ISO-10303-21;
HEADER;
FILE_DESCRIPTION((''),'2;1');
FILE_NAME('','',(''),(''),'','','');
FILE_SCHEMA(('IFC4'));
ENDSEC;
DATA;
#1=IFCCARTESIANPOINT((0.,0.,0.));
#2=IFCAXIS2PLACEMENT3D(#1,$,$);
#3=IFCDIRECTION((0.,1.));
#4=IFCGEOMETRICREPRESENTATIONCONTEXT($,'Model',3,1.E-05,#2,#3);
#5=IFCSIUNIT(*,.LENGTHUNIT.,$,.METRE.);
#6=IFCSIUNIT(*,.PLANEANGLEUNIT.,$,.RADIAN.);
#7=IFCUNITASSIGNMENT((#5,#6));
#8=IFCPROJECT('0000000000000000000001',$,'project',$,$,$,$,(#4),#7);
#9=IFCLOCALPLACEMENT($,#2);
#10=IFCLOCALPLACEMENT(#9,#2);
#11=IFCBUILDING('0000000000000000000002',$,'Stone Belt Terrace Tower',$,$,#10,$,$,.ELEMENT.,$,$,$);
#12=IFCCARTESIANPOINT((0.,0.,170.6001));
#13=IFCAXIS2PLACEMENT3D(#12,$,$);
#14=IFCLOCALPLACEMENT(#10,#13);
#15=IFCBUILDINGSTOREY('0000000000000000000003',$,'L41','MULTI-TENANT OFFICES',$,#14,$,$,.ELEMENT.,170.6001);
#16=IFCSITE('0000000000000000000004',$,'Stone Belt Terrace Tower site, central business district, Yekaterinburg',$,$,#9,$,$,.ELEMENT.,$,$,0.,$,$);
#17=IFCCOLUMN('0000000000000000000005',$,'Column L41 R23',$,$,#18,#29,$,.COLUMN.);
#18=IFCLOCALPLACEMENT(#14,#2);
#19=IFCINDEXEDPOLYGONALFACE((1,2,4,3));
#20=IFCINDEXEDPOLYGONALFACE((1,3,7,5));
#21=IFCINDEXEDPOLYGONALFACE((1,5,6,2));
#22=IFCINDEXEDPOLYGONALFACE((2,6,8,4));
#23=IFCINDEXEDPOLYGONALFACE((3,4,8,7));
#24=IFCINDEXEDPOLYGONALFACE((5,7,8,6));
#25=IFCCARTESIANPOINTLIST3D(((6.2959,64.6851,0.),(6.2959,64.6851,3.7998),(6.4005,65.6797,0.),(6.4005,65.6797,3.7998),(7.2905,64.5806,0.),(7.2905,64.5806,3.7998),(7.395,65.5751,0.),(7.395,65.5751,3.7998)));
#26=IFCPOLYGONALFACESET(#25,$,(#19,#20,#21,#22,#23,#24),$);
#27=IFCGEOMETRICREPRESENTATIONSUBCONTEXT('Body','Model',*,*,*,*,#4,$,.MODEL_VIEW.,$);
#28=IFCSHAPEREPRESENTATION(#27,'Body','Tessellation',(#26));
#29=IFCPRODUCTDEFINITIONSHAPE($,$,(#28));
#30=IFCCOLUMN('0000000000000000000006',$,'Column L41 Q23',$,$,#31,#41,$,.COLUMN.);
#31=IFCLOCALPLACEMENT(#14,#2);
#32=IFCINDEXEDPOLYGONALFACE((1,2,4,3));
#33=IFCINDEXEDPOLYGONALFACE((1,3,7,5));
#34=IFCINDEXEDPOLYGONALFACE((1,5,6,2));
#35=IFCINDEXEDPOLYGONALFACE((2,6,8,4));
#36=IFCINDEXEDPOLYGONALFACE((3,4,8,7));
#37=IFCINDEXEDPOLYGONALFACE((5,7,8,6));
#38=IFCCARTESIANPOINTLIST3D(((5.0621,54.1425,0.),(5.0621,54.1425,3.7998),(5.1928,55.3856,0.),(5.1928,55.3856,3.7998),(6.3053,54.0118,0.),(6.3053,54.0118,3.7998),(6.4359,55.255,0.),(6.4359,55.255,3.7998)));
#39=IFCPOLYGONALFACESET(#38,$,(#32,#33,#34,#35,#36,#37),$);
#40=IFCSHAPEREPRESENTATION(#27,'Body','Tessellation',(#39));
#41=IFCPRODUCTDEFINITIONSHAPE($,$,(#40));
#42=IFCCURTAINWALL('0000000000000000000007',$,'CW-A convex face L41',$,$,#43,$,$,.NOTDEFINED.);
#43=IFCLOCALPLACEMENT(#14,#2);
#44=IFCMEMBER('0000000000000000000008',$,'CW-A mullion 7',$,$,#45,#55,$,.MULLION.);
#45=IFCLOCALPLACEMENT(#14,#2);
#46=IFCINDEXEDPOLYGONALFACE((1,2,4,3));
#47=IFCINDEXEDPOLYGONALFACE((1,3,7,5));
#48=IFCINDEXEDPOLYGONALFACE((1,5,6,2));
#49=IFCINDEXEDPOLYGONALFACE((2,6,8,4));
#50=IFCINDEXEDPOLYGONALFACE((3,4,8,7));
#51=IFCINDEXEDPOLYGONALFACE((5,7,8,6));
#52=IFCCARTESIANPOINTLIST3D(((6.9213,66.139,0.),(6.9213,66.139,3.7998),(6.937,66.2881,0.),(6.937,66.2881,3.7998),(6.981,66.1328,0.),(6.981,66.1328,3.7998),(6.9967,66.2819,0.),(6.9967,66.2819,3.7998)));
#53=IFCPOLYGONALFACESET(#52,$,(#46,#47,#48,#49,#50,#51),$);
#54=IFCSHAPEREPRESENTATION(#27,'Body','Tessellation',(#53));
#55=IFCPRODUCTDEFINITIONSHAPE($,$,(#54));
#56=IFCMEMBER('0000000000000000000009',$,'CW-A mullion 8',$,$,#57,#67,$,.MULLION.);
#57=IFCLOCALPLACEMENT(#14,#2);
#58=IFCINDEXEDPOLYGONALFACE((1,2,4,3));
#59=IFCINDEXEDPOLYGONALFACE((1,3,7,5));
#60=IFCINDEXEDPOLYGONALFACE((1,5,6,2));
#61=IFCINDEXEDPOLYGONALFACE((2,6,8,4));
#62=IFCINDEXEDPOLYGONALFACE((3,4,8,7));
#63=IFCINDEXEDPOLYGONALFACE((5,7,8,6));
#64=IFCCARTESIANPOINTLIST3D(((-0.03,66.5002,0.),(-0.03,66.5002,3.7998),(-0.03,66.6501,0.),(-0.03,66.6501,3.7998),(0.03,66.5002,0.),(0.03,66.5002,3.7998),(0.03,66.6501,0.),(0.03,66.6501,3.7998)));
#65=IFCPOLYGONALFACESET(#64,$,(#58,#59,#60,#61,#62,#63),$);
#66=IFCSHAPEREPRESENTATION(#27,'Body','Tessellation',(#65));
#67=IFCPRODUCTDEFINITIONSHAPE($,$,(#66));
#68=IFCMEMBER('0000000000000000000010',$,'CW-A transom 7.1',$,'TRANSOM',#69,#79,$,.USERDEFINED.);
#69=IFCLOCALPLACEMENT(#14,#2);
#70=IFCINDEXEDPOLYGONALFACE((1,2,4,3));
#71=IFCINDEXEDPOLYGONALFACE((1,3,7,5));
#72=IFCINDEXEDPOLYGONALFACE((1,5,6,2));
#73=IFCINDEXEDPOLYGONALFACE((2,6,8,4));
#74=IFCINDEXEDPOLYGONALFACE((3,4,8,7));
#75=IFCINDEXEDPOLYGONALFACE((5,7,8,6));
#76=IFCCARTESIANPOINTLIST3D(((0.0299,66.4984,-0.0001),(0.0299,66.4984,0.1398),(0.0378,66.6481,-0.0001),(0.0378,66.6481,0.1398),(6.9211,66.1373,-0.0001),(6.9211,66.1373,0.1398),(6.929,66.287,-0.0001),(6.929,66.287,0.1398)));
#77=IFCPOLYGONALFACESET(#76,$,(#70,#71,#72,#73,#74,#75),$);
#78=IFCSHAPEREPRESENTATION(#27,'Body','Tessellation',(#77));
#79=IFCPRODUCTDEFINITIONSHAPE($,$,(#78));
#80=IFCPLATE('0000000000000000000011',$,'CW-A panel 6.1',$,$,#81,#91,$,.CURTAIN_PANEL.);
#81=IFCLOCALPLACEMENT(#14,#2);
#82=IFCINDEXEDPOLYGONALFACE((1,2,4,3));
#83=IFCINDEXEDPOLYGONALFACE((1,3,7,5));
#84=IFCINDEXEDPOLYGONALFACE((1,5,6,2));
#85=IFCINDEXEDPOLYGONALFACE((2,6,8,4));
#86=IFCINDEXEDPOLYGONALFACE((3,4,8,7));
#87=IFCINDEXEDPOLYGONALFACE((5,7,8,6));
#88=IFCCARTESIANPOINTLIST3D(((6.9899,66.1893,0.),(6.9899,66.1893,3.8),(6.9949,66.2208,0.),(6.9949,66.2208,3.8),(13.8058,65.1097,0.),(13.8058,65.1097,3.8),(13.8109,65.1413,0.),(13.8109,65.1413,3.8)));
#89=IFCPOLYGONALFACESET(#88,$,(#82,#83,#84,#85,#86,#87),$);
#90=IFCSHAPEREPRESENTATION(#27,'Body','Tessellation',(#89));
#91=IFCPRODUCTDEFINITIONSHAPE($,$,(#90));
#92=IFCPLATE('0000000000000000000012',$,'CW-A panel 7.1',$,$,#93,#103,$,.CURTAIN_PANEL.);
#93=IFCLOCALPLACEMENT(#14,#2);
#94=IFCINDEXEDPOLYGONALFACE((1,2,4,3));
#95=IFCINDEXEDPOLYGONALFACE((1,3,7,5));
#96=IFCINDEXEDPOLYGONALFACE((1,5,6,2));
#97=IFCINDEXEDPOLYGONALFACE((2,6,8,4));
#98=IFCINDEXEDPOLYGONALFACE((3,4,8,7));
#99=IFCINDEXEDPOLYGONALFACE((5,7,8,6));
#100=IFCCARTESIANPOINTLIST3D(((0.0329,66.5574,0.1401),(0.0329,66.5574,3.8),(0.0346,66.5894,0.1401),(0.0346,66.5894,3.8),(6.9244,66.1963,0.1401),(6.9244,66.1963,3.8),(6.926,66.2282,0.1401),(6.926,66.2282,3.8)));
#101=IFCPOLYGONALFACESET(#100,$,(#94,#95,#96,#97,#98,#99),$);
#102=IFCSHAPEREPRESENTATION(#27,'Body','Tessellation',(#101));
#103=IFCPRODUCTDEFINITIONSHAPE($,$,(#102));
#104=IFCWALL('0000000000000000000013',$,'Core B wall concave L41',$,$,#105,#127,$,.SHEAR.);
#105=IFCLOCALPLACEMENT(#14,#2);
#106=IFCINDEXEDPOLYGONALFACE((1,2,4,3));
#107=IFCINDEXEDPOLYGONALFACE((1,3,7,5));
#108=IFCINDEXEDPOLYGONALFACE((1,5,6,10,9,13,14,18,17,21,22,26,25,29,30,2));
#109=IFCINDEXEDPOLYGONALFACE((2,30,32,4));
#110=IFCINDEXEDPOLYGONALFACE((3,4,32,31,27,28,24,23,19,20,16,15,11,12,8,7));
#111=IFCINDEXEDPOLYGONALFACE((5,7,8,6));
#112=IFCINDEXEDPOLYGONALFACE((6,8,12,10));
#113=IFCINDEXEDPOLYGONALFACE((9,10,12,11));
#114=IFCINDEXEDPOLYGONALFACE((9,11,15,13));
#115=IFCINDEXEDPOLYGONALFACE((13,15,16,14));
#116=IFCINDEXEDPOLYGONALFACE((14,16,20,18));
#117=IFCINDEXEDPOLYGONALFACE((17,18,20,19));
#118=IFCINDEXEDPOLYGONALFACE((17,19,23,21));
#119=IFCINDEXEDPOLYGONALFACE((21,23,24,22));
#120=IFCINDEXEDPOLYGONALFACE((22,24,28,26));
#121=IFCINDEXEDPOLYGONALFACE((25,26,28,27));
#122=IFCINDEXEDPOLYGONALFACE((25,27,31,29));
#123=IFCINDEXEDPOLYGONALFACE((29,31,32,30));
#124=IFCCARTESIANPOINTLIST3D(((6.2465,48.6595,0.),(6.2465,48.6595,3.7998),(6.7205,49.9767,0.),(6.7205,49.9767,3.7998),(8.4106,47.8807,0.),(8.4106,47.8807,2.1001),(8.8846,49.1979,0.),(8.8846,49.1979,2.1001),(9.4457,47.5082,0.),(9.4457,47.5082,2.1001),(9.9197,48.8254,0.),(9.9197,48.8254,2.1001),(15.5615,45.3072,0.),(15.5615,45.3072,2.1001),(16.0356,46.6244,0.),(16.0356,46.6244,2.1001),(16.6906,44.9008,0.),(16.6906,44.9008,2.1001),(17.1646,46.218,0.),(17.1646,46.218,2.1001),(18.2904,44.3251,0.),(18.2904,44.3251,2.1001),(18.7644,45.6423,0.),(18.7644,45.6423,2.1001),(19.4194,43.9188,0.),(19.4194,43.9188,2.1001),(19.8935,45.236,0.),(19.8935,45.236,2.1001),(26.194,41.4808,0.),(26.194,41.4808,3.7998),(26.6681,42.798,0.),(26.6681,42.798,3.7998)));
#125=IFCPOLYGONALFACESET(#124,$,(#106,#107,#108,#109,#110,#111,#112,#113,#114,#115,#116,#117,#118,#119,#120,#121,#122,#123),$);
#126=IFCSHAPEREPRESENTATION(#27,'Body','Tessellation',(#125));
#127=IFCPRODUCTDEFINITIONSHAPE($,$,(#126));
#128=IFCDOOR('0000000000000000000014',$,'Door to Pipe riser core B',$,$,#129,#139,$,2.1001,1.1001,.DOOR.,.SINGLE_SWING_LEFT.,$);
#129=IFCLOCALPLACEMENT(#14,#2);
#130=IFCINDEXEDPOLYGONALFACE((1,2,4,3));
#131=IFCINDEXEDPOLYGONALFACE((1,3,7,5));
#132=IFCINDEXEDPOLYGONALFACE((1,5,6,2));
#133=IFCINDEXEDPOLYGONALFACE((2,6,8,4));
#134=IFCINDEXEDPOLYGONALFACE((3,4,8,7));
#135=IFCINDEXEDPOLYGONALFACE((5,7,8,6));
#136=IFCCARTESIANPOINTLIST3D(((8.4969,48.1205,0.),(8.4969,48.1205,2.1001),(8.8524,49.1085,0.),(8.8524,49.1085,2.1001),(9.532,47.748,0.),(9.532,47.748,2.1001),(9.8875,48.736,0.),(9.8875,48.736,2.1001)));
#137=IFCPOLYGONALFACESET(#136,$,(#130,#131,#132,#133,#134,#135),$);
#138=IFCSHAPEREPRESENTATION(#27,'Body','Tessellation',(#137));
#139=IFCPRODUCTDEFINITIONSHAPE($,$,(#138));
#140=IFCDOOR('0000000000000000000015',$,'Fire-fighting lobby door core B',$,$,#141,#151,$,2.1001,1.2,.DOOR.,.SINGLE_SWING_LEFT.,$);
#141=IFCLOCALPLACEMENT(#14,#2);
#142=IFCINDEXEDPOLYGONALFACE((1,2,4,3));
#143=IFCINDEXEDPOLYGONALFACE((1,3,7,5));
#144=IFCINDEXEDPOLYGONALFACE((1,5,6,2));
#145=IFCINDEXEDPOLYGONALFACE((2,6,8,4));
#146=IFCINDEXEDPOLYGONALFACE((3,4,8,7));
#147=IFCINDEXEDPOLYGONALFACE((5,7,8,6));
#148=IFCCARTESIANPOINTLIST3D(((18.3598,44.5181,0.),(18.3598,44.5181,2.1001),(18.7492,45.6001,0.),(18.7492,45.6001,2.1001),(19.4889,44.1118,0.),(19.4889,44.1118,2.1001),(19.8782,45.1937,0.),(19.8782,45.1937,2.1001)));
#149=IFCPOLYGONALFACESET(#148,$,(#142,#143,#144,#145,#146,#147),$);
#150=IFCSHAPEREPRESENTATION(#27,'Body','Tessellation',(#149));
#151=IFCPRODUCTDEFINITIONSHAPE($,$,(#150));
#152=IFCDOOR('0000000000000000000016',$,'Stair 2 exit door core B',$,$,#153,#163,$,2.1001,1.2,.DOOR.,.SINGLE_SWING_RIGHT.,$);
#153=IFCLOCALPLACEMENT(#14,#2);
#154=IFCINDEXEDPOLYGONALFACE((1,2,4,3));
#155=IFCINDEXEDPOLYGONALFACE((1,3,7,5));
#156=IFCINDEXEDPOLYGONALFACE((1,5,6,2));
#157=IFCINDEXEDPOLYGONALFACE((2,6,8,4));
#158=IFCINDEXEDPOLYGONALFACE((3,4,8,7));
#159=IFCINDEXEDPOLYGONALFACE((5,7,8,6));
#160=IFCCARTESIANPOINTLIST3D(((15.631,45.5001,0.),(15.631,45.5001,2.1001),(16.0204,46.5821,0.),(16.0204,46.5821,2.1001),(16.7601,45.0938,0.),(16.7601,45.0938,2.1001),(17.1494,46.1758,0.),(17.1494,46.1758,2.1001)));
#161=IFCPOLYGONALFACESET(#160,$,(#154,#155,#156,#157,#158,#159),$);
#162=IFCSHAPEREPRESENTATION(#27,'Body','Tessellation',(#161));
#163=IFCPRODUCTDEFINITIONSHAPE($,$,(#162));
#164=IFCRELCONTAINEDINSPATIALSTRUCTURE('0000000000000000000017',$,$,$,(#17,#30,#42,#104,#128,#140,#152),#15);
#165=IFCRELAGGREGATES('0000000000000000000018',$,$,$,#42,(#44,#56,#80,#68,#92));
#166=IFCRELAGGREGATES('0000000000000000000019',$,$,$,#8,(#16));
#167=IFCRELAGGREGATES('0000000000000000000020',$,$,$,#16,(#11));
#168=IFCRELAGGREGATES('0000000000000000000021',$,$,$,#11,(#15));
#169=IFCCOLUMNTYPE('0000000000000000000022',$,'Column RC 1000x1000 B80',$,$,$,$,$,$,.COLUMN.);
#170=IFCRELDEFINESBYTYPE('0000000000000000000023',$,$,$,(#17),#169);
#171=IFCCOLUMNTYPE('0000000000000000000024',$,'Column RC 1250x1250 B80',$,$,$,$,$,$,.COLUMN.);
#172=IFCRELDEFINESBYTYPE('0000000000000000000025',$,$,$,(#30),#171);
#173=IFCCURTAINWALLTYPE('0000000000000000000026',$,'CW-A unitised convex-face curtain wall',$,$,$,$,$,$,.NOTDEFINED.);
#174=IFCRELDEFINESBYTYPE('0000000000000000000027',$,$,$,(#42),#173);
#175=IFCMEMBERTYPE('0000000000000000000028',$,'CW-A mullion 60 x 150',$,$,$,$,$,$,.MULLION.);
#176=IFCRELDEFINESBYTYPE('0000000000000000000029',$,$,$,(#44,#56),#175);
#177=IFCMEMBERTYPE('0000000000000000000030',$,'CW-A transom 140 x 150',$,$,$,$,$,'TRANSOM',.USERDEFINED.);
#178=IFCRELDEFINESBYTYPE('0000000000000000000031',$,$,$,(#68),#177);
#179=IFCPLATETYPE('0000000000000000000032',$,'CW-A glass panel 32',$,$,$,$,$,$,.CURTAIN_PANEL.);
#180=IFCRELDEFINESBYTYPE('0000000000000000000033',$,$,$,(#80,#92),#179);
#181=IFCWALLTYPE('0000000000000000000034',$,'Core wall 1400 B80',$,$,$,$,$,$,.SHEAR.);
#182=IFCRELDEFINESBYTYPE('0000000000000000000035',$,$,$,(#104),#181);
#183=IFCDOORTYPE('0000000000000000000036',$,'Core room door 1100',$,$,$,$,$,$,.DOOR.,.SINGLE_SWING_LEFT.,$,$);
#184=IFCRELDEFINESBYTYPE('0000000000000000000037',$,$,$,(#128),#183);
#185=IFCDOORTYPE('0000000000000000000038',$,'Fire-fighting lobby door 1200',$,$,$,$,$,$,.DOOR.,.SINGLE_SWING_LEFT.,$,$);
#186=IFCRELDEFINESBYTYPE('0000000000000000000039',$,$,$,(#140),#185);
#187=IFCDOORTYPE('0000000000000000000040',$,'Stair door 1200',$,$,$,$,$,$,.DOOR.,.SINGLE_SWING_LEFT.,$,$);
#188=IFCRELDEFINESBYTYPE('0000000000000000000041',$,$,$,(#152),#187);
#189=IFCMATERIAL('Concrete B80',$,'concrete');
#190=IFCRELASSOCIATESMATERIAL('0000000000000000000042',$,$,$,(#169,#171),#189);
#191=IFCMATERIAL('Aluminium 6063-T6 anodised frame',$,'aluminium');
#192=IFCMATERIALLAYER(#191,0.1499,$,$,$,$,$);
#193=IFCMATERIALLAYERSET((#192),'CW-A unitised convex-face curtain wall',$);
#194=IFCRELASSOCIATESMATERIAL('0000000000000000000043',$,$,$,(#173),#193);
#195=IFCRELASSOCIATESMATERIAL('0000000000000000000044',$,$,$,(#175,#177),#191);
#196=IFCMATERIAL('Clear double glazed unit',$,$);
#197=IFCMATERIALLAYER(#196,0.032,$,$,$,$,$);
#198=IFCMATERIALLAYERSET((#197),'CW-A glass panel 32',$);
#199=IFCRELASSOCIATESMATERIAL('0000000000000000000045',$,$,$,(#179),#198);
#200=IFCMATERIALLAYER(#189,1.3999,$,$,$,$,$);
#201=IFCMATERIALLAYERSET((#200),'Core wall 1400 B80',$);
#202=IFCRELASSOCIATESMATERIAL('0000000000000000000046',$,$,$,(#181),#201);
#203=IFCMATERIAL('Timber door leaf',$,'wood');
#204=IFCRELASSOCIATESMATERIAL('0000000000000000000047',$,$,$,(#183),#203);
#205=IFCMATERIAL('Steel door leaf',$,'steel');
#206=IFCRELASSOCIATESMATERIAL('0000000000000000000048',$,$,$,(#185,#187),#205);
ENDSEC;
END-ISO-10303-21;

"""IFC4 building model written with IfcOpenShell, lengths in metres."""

from ifc_helpers import new_model, si_unit, direction, frame, frame_2d, origin, origin_2d, place, context, subcontext, project, spatial, rectangle, extrude, material, layer, layer_set, material_profile, profile_set, type_object, element, fill, aggregate, save


model = new_model("IFC4")

# Units and contexts
model_context = context("Model", 3, precision=1e-05, world=origin(), true_north=direction((0.0, 1.0)))
body_context = subcontext(model_context, "Body", "Model", "MODEL_VIEW")
ifc_project = project(units=[si_unit("LENGTHUNIT", "METRE"), si_unit("PLANEANGLEUNIT", "RADIAN")], contexts=[model_context])

# Site, building, storey
site_placement = place(None, origin())
site = spatial("IfcSite", under=ifc_project, at=site_placement, Name="Stone Belt Terrace Tower site, central business district, Yekaterinburg", CompositionType="ELEMENT", RefElevation=0.0)
building_placement = place(site_placement, origin())
building = spatial("IfcBuilding", under=site, at=building_placement, Name="Stone Belt Terrace Tower", CompositionType="ELEMENT")
storey_placement = place(building_placement, frame((0.0, 0.0, 170.6001)))
storey = spatial("IfcBuildingStorey", under=building, at=storey_placement, Name="L41", Description="MULTI-TENANT OFFICES", CompositionType="ELEMENT", Elevation=170.6001)

# Columns
ifc_material_1 = material(Name="Concrete B80", Category="concrete")
ifc_material_profile_1 = material_profile(ifc_material_1, rectangle(XDim=1.0, YDim=1.0, at=origin_2d()), Name="RC 1000x1000")
ifc_profile_set_1 = profile_set([ifc_material_profile_1], Name="Concrete B80")
column_type_1 = type_object("IfcColumnType", Name="Column RC 1000x1000 B80", PredefinedType="COLUMN", material=ifc_profile_set_1)
column_1_placement = place(storey_placement, frame((6.8455, 65.1301, 0.0), z_axis=(0.0, 0.0, 1.0), x_axis=(0.994522, -0.104528, 0.0)))
element("IfcColumn", 1, at=column_1_placement, inside=storey, type_object=column_type_1, Name="Column L41 R23", PredefinedType="COLUMN", context=body_context, shape_type="SweptSolid", body=[
    extrude(rectangle(XDim=1.0, YDim=1.0, at=origin_2d()), origin(), (0.0, 0.0, 1.0), 3.7998),
])
ifc_material_profile_2 = material_profile(ifc_material_1, rectangle(XDim=1.25, YDim=1.25, at=origin_2d()), Name="RC 1250x1250")
ifc_profile_set_2 = profile_set([ifc_material_profile_2], Name="Concrete B80")
column_type_2 = type_object("IfcColumnType", Name="Column RC 1250x1250 B80", PredefinedType="COLUMN", material=ifc_profile_set_2)
column_2_placement = place(storey_placement, frame((5.749, 54.6987, 0.0), z_axis=(0.0, 0.0, 1.0), x_axis=(0.994522, -0.104528, 0.0)))
element("IfcColumn", 2, at=column_2_placement, inside=storey, type_object=column_type_2, Name="Column L41 Q23", PredefinedType="COLUMN", context=body_context, shape_type="SweptSolid", body=[
    extrude(rectangle(XDim=1.25, YDim=1.25, at=origin_2d()), origin(), (0.0, 0.0, 1.0), 3.7998),
])

# Curtain wall, members, plates
ifc_material_2 = material(Name="Aluminium 6063-T6 anodised frame", Category="aluminium")
ifc_layer_1 = layer(ifc_material_2, 0.1499)
ifc_layer_set_1 = layer_set([ifc_layer_1], Name="CW-A unitised convex-face curtain wall")
curtain_wall_type = type_object("IfcCurtainWallType", Name="CW-A unitised convex-face curtain wall", PredefinedType="NOTDEFINED", material=ifc_layer_set_1)
curtain_wall_placement = place(storey_placement, origin())
curtain_wall = element("IfcCurtainWall", 3, at=curtain_wall_placement, inside=storey, type_object=curtain_wall_type, Name="CW-A convex face L41", PredefinedType="NOTDEFINED")
ifc_material_profile_3 = material_profile(ifc_material_2, rectangle(XDim=0.1499, YDim=0.0601, at=origin_2d()), Name="Aluminium 6063-T6 60x150")
ifc_profile_set_3 = profile_set([ifc_material_profile_3], Name="Aluminium 6063-T6 anodised frame")
member_type_1 = type_object("IfcMemberType", Name="CW-A mullion 60 x 150", PredefinedType="MULLION", material=ifc_profile_set_3)
member_1_placement = place(storey_placement, frame((6.959, 66.2104, 0.0), z_axis=(0.0, 0.0, 1.0), x_axis=(-0.104528, -0.994522, 0.0)))
member_1 = element("IfcMember", 4, at=member_1_placement, type_object=member_type_1, Name="CW-A mullion 7", PredefinedType="MULLION", context=body_context, shape_type="SweptSolid", body=[
    extrude(rectangle(XDim=0.1499, YDim=0.0601, at=origin_2d()), origin(), (0.0, 0.0, 1.0), 3.7998),
])
member_2_placement = place(storey_placement, frame((0.0, 66.5752, 0.0), z_axis=(0.0, 0.0, 1.0), x_axis=(0.0, -1.0, 0.0)))
member_2 = element("IfcMember", 5, at=member_2_placement, type_object=member_type_1, Name="CW-A mullion 8", PredefinedType="MULLION", context=body_context, shape_type="SweptSolid", body=[
    extrude(rectangle(XDim=0.1499, YDim=0.0601, at=origin_2d()), origin(), (0.0, 0.0, 1.0), 3.7998),
])
ifc_material_profile_4 = material_profile(ifc_material_2, rectangle(XDim=0.1499, YDim=0.1399, at=origin_2d()), Name="Aluminium 6063-T6 150x140")
ifc_profile_set_4 = profile_set([ifc_material_profile_4], Name="Aluminium 6063-T6 anodised frame")
member_type_2 = type_object("IfcMemberType", Name="CW-A transom 140 x 150", ElementType="TRANSOM", PredefinedType="USERDEFINED", material=ifc_profile_set_4)
member_3_placement = place(storey_placement, frame((6.925, 66.2122, 0.0698), z_axis=(-0.99863, 0.052327, 0.0), x_axis=(-0.052327, -0.99863, 0.0)))
member_3 = element("IfcMember", 6, at=member_3_placement, type_object=member_type_2, Name="CW-A transom 7.1", ObjectType="TRANSOM", PredefinedType="USERDEFINED", context=body_context, shape_type="SweptSolid", body=[
    extrude(rectangle(XDim=0.1499, YDim=0.1399, at=origin_2d()), origin(), (0.0, 0.0, 1.0), 6.9006),
])
ifc_material_3 = material(Name="Clear double glazed unit")
ifc_layer_2 = layer(ifc_material_3, 0.032)
ifc_layer_set_2 = layer_set([ifc_layer_2], Name="CW-A glass panel 32")
plate_type = type_object("IfcPlateType", Name="CW-A glass panel 32", PredefinedType="CURTAIN_PANEL", material=ifc_layer_set_2)
plate_1_placement = place(storey_placement, frame((10.4004, 65.6653, 0.0), z_axis=(0.0, 0.0, 1.0), x_axis=(-0.987688, 0.156434, 0.0)))
plate_1 = element("IfcPlate", 7, at=plate_1_placement, type_object=plate_type, Name="CW-A panel 6.1", PredefinedType="CURTAIN_PANEL", context=body_context, shape_type="SweptSolid", body=[
    extrude(rectangle(XDim=6.9009, YDim=0.032, at=origin_2d()), origin(), (0.0, 0.0, 1.0), 3.8),
])
plate_2_placement = place(storey_placement, frame((3.4795, 66.3928, 0.1401), z_axis=(0.0, 0.0, 1.0), x_axis=(-0.99863, 0.052336, 0.0)))
plate_2 = element("IfcPlate", 8, at=plate_2_placement, type_object=plate_type, Name="CW-A panel 7.1", PredefinedType="CURTAIN_PANEL", context=body_context, shape_type="SweptSolid", body=[
    extrude(rectangle(XDim=6.9009, YDim=0.032, at=origin_2d()), origin(), (0.0, 0.0, 1.0), 3.6599),
])
aggregate(curtain_wall, [member_1, member_2, plate_1, member_3, plate_2])

# Wall, openings, doors
ifc_layer_3 = layer(ifc_material_1, 1.3999)
ifc_layer_set_3 = layer_set([ifc_layer_3], Name="Core wall 1400 B80")
wall_type_1 = type_object("IfcWallType", Name="Core wall 1400 B80", PredefinedType="SHEAR", material=ifc_layer_set_3)
wall_1_placement = place(storey_placement, frame((6.4834, 49.3181, 0.0), z_axis=(0.0, 0.0, 1.0), x_axis=(0.940923, -0.33862, 0.0)))
wall_1 = element("IfcWall", 9, at=wall_1_placement, inside=storey, type_object=wall_type_1, Name="Core B wall concave L41", PredefinedType="SHEAR", context=body_context, shape_type="SweptSolid", body=[
    extrude(rectangle(XDim=21.2, YDim=1.3999, at=frame_2d((10.6001, 0.0))), origin(), (0.0, 0.0, 1.0), 3.7998),
])
opening_1_placement = place(wall_1_placement, frame((12.8, 0.0, 0.0)))
opening_1 = element("IfcOpeningElement", 10, at=opening_1_placement, cuts=wall_1, PredefinedType="OPENING", context=body_context, shape_type="SweptSolid", body=[
    extrude(rectangle(XDim=1.2, YDim=2.1001, at=frame_2d((0.6001, 1.05))), frame((0.0, 0.71, 0.0), z_axis=(0.0, -1.0, 0.0), x_axis=(1.0, 0.0, 0.0)), (0.0, 0.0, 1.0), 1.4199),
])
opening_2_placement = place(wall_1_placement, frame((9.8999, 0.0, 0.0)))
opening_2 = element("IfcOpeningElement", 11, at=opening_2_placement, cuts=wall_1, PredefinedType="OPENING", context=body_context, shape_type="SweptSolid", body=[
    extrude(rectangle(XDim=1.2, YDim=2.1001, at=frame_2d((0.6001, 1.05))), frame((0.0, 0.71, 0.0), z_axis=(0.0, -1.0, 0.0), x_axis=(1.0, 0.0, 0.0)), (0.0, 0.0, 1.0), 1.4199),
])
opening_3_placement = place(wall_1_placement, frame((2.3, 0.0, 0.0)))
opening_3 = element("IfcOpeningElement", 12, at=opening_3_placement, cuts=wall_1, PredefinedType="OPENING", context=body_context, shape_type="SweptSolid", body=[
    extrude(rectangle(XDim=1.1001, YDim=2.1001, at=frame_2d((0.55, 1.05))), frame((0.0, 0.71, 0.0), z_axis=(0.0, -1.0, 0.0), x_axis=(1.0, 0.0, 0.0)), (0.0, 0.0, 1.0), 1.4199),
])
ifc_material_4 = material(Name="Timber door leaf", Category="wood")
door_type_1 = type_object("IfcDoorType", Name="Core room door 1100", OperationType="SINGLE_SWING_LEFT", PredefinedType="DOOR", material=ifc_material_4)
door_1_placement = place(opening_3_placement, origin())
door_1 = element("IfcDoor", 13, at=door_1_placement, inside=storey, type_object=door_type_1, Name="Door to Pipe riser core B", OperationType="SINGLE_SWING_LEFT", OverallHeight=2.1001, OverallWidth=1.1001, PredefinedType="DOOR", context=body_context, shape_type="SweptSolid", body=[
    extrude(rectangle(XDim=1.1001, YDim=2.1001, at=frame_2d((0.55, 1.05))), frame((0.0, 0.605, 0.0), z_axis=(0.0, -1.0, 0.0), x_axis=(1.0, 0.0, 0.0)), (0.0, 0.0, 1.0), 1.05),
])
fill(opening_3, door_1)
ifc_material_5 = material(Name="Steel door leaf", Category="steel")
door_type_2 = type_object("IfcDoorType", Name="Fire-fighting lobby door 1200", OperationType="SINGLE_SWING_LEFT", PredefinedType="DOOR", material=ifc_material_5)
door_2_placement = place(opening_1_placement, origin())
door_2 = element("IfcDoor", 14, at=door_2_placement, inside=storey, type_object=door_type_2, Name="Fire-fighting lobby door core B", OperationType="SINGLE_SWING_LEFT", OverallHeight=2.1001, OverallWidth=1.2, PredefinedType="DOOR", context=body_context, shape_type="SweptSolid", body=[
    extrude(rectangle(XDim=1.2, YDim=2.1001, at=frame_2d((0.6001, 1.05))), frame((0.0, 0.655, 0.0), z_axis=(0.0, -1.0, 0.0), x_axis=(1.0, 0.0, 0.0)), (0.0, 0.0, 1.0), 1.1499),
])
fill(opening_1, door_2)
door_type_3 = type_object("IfcDoorType", Name="Stair door 1200", OperationType="SINGLE_SWING_LEFT", PredefinedType="DOOR", material=ifc_material_5)
door_3_placement = place(opening_2_placement, origin())
door_3 = element("IfcDoor", 15, at=door_3_placement, inside=storey, type_object=door_type_3, Name="Stair 2 exit door core B", OperationType="SINGLE_SWING_RIGHT", OverallHeight=2.1001, OverallWidth=1.2, PredefinedType="DOOR", context=body_context, shape_type="SweptSolid", body=[
    extrude(rectangle(XDim=1.2, YDim=2.1001, at=frame_2d((0.6001, 1.05))), frame((0.0, 0.655, 0.0), z_axis=(0.0, -1.0, 0.0), x_axis=(1.0, 0.0, 0.0)), (0.0, 0.0, 1.0), 1.1499),
])
fill(opening_2, door_3)

save(model, "model.ifc")
